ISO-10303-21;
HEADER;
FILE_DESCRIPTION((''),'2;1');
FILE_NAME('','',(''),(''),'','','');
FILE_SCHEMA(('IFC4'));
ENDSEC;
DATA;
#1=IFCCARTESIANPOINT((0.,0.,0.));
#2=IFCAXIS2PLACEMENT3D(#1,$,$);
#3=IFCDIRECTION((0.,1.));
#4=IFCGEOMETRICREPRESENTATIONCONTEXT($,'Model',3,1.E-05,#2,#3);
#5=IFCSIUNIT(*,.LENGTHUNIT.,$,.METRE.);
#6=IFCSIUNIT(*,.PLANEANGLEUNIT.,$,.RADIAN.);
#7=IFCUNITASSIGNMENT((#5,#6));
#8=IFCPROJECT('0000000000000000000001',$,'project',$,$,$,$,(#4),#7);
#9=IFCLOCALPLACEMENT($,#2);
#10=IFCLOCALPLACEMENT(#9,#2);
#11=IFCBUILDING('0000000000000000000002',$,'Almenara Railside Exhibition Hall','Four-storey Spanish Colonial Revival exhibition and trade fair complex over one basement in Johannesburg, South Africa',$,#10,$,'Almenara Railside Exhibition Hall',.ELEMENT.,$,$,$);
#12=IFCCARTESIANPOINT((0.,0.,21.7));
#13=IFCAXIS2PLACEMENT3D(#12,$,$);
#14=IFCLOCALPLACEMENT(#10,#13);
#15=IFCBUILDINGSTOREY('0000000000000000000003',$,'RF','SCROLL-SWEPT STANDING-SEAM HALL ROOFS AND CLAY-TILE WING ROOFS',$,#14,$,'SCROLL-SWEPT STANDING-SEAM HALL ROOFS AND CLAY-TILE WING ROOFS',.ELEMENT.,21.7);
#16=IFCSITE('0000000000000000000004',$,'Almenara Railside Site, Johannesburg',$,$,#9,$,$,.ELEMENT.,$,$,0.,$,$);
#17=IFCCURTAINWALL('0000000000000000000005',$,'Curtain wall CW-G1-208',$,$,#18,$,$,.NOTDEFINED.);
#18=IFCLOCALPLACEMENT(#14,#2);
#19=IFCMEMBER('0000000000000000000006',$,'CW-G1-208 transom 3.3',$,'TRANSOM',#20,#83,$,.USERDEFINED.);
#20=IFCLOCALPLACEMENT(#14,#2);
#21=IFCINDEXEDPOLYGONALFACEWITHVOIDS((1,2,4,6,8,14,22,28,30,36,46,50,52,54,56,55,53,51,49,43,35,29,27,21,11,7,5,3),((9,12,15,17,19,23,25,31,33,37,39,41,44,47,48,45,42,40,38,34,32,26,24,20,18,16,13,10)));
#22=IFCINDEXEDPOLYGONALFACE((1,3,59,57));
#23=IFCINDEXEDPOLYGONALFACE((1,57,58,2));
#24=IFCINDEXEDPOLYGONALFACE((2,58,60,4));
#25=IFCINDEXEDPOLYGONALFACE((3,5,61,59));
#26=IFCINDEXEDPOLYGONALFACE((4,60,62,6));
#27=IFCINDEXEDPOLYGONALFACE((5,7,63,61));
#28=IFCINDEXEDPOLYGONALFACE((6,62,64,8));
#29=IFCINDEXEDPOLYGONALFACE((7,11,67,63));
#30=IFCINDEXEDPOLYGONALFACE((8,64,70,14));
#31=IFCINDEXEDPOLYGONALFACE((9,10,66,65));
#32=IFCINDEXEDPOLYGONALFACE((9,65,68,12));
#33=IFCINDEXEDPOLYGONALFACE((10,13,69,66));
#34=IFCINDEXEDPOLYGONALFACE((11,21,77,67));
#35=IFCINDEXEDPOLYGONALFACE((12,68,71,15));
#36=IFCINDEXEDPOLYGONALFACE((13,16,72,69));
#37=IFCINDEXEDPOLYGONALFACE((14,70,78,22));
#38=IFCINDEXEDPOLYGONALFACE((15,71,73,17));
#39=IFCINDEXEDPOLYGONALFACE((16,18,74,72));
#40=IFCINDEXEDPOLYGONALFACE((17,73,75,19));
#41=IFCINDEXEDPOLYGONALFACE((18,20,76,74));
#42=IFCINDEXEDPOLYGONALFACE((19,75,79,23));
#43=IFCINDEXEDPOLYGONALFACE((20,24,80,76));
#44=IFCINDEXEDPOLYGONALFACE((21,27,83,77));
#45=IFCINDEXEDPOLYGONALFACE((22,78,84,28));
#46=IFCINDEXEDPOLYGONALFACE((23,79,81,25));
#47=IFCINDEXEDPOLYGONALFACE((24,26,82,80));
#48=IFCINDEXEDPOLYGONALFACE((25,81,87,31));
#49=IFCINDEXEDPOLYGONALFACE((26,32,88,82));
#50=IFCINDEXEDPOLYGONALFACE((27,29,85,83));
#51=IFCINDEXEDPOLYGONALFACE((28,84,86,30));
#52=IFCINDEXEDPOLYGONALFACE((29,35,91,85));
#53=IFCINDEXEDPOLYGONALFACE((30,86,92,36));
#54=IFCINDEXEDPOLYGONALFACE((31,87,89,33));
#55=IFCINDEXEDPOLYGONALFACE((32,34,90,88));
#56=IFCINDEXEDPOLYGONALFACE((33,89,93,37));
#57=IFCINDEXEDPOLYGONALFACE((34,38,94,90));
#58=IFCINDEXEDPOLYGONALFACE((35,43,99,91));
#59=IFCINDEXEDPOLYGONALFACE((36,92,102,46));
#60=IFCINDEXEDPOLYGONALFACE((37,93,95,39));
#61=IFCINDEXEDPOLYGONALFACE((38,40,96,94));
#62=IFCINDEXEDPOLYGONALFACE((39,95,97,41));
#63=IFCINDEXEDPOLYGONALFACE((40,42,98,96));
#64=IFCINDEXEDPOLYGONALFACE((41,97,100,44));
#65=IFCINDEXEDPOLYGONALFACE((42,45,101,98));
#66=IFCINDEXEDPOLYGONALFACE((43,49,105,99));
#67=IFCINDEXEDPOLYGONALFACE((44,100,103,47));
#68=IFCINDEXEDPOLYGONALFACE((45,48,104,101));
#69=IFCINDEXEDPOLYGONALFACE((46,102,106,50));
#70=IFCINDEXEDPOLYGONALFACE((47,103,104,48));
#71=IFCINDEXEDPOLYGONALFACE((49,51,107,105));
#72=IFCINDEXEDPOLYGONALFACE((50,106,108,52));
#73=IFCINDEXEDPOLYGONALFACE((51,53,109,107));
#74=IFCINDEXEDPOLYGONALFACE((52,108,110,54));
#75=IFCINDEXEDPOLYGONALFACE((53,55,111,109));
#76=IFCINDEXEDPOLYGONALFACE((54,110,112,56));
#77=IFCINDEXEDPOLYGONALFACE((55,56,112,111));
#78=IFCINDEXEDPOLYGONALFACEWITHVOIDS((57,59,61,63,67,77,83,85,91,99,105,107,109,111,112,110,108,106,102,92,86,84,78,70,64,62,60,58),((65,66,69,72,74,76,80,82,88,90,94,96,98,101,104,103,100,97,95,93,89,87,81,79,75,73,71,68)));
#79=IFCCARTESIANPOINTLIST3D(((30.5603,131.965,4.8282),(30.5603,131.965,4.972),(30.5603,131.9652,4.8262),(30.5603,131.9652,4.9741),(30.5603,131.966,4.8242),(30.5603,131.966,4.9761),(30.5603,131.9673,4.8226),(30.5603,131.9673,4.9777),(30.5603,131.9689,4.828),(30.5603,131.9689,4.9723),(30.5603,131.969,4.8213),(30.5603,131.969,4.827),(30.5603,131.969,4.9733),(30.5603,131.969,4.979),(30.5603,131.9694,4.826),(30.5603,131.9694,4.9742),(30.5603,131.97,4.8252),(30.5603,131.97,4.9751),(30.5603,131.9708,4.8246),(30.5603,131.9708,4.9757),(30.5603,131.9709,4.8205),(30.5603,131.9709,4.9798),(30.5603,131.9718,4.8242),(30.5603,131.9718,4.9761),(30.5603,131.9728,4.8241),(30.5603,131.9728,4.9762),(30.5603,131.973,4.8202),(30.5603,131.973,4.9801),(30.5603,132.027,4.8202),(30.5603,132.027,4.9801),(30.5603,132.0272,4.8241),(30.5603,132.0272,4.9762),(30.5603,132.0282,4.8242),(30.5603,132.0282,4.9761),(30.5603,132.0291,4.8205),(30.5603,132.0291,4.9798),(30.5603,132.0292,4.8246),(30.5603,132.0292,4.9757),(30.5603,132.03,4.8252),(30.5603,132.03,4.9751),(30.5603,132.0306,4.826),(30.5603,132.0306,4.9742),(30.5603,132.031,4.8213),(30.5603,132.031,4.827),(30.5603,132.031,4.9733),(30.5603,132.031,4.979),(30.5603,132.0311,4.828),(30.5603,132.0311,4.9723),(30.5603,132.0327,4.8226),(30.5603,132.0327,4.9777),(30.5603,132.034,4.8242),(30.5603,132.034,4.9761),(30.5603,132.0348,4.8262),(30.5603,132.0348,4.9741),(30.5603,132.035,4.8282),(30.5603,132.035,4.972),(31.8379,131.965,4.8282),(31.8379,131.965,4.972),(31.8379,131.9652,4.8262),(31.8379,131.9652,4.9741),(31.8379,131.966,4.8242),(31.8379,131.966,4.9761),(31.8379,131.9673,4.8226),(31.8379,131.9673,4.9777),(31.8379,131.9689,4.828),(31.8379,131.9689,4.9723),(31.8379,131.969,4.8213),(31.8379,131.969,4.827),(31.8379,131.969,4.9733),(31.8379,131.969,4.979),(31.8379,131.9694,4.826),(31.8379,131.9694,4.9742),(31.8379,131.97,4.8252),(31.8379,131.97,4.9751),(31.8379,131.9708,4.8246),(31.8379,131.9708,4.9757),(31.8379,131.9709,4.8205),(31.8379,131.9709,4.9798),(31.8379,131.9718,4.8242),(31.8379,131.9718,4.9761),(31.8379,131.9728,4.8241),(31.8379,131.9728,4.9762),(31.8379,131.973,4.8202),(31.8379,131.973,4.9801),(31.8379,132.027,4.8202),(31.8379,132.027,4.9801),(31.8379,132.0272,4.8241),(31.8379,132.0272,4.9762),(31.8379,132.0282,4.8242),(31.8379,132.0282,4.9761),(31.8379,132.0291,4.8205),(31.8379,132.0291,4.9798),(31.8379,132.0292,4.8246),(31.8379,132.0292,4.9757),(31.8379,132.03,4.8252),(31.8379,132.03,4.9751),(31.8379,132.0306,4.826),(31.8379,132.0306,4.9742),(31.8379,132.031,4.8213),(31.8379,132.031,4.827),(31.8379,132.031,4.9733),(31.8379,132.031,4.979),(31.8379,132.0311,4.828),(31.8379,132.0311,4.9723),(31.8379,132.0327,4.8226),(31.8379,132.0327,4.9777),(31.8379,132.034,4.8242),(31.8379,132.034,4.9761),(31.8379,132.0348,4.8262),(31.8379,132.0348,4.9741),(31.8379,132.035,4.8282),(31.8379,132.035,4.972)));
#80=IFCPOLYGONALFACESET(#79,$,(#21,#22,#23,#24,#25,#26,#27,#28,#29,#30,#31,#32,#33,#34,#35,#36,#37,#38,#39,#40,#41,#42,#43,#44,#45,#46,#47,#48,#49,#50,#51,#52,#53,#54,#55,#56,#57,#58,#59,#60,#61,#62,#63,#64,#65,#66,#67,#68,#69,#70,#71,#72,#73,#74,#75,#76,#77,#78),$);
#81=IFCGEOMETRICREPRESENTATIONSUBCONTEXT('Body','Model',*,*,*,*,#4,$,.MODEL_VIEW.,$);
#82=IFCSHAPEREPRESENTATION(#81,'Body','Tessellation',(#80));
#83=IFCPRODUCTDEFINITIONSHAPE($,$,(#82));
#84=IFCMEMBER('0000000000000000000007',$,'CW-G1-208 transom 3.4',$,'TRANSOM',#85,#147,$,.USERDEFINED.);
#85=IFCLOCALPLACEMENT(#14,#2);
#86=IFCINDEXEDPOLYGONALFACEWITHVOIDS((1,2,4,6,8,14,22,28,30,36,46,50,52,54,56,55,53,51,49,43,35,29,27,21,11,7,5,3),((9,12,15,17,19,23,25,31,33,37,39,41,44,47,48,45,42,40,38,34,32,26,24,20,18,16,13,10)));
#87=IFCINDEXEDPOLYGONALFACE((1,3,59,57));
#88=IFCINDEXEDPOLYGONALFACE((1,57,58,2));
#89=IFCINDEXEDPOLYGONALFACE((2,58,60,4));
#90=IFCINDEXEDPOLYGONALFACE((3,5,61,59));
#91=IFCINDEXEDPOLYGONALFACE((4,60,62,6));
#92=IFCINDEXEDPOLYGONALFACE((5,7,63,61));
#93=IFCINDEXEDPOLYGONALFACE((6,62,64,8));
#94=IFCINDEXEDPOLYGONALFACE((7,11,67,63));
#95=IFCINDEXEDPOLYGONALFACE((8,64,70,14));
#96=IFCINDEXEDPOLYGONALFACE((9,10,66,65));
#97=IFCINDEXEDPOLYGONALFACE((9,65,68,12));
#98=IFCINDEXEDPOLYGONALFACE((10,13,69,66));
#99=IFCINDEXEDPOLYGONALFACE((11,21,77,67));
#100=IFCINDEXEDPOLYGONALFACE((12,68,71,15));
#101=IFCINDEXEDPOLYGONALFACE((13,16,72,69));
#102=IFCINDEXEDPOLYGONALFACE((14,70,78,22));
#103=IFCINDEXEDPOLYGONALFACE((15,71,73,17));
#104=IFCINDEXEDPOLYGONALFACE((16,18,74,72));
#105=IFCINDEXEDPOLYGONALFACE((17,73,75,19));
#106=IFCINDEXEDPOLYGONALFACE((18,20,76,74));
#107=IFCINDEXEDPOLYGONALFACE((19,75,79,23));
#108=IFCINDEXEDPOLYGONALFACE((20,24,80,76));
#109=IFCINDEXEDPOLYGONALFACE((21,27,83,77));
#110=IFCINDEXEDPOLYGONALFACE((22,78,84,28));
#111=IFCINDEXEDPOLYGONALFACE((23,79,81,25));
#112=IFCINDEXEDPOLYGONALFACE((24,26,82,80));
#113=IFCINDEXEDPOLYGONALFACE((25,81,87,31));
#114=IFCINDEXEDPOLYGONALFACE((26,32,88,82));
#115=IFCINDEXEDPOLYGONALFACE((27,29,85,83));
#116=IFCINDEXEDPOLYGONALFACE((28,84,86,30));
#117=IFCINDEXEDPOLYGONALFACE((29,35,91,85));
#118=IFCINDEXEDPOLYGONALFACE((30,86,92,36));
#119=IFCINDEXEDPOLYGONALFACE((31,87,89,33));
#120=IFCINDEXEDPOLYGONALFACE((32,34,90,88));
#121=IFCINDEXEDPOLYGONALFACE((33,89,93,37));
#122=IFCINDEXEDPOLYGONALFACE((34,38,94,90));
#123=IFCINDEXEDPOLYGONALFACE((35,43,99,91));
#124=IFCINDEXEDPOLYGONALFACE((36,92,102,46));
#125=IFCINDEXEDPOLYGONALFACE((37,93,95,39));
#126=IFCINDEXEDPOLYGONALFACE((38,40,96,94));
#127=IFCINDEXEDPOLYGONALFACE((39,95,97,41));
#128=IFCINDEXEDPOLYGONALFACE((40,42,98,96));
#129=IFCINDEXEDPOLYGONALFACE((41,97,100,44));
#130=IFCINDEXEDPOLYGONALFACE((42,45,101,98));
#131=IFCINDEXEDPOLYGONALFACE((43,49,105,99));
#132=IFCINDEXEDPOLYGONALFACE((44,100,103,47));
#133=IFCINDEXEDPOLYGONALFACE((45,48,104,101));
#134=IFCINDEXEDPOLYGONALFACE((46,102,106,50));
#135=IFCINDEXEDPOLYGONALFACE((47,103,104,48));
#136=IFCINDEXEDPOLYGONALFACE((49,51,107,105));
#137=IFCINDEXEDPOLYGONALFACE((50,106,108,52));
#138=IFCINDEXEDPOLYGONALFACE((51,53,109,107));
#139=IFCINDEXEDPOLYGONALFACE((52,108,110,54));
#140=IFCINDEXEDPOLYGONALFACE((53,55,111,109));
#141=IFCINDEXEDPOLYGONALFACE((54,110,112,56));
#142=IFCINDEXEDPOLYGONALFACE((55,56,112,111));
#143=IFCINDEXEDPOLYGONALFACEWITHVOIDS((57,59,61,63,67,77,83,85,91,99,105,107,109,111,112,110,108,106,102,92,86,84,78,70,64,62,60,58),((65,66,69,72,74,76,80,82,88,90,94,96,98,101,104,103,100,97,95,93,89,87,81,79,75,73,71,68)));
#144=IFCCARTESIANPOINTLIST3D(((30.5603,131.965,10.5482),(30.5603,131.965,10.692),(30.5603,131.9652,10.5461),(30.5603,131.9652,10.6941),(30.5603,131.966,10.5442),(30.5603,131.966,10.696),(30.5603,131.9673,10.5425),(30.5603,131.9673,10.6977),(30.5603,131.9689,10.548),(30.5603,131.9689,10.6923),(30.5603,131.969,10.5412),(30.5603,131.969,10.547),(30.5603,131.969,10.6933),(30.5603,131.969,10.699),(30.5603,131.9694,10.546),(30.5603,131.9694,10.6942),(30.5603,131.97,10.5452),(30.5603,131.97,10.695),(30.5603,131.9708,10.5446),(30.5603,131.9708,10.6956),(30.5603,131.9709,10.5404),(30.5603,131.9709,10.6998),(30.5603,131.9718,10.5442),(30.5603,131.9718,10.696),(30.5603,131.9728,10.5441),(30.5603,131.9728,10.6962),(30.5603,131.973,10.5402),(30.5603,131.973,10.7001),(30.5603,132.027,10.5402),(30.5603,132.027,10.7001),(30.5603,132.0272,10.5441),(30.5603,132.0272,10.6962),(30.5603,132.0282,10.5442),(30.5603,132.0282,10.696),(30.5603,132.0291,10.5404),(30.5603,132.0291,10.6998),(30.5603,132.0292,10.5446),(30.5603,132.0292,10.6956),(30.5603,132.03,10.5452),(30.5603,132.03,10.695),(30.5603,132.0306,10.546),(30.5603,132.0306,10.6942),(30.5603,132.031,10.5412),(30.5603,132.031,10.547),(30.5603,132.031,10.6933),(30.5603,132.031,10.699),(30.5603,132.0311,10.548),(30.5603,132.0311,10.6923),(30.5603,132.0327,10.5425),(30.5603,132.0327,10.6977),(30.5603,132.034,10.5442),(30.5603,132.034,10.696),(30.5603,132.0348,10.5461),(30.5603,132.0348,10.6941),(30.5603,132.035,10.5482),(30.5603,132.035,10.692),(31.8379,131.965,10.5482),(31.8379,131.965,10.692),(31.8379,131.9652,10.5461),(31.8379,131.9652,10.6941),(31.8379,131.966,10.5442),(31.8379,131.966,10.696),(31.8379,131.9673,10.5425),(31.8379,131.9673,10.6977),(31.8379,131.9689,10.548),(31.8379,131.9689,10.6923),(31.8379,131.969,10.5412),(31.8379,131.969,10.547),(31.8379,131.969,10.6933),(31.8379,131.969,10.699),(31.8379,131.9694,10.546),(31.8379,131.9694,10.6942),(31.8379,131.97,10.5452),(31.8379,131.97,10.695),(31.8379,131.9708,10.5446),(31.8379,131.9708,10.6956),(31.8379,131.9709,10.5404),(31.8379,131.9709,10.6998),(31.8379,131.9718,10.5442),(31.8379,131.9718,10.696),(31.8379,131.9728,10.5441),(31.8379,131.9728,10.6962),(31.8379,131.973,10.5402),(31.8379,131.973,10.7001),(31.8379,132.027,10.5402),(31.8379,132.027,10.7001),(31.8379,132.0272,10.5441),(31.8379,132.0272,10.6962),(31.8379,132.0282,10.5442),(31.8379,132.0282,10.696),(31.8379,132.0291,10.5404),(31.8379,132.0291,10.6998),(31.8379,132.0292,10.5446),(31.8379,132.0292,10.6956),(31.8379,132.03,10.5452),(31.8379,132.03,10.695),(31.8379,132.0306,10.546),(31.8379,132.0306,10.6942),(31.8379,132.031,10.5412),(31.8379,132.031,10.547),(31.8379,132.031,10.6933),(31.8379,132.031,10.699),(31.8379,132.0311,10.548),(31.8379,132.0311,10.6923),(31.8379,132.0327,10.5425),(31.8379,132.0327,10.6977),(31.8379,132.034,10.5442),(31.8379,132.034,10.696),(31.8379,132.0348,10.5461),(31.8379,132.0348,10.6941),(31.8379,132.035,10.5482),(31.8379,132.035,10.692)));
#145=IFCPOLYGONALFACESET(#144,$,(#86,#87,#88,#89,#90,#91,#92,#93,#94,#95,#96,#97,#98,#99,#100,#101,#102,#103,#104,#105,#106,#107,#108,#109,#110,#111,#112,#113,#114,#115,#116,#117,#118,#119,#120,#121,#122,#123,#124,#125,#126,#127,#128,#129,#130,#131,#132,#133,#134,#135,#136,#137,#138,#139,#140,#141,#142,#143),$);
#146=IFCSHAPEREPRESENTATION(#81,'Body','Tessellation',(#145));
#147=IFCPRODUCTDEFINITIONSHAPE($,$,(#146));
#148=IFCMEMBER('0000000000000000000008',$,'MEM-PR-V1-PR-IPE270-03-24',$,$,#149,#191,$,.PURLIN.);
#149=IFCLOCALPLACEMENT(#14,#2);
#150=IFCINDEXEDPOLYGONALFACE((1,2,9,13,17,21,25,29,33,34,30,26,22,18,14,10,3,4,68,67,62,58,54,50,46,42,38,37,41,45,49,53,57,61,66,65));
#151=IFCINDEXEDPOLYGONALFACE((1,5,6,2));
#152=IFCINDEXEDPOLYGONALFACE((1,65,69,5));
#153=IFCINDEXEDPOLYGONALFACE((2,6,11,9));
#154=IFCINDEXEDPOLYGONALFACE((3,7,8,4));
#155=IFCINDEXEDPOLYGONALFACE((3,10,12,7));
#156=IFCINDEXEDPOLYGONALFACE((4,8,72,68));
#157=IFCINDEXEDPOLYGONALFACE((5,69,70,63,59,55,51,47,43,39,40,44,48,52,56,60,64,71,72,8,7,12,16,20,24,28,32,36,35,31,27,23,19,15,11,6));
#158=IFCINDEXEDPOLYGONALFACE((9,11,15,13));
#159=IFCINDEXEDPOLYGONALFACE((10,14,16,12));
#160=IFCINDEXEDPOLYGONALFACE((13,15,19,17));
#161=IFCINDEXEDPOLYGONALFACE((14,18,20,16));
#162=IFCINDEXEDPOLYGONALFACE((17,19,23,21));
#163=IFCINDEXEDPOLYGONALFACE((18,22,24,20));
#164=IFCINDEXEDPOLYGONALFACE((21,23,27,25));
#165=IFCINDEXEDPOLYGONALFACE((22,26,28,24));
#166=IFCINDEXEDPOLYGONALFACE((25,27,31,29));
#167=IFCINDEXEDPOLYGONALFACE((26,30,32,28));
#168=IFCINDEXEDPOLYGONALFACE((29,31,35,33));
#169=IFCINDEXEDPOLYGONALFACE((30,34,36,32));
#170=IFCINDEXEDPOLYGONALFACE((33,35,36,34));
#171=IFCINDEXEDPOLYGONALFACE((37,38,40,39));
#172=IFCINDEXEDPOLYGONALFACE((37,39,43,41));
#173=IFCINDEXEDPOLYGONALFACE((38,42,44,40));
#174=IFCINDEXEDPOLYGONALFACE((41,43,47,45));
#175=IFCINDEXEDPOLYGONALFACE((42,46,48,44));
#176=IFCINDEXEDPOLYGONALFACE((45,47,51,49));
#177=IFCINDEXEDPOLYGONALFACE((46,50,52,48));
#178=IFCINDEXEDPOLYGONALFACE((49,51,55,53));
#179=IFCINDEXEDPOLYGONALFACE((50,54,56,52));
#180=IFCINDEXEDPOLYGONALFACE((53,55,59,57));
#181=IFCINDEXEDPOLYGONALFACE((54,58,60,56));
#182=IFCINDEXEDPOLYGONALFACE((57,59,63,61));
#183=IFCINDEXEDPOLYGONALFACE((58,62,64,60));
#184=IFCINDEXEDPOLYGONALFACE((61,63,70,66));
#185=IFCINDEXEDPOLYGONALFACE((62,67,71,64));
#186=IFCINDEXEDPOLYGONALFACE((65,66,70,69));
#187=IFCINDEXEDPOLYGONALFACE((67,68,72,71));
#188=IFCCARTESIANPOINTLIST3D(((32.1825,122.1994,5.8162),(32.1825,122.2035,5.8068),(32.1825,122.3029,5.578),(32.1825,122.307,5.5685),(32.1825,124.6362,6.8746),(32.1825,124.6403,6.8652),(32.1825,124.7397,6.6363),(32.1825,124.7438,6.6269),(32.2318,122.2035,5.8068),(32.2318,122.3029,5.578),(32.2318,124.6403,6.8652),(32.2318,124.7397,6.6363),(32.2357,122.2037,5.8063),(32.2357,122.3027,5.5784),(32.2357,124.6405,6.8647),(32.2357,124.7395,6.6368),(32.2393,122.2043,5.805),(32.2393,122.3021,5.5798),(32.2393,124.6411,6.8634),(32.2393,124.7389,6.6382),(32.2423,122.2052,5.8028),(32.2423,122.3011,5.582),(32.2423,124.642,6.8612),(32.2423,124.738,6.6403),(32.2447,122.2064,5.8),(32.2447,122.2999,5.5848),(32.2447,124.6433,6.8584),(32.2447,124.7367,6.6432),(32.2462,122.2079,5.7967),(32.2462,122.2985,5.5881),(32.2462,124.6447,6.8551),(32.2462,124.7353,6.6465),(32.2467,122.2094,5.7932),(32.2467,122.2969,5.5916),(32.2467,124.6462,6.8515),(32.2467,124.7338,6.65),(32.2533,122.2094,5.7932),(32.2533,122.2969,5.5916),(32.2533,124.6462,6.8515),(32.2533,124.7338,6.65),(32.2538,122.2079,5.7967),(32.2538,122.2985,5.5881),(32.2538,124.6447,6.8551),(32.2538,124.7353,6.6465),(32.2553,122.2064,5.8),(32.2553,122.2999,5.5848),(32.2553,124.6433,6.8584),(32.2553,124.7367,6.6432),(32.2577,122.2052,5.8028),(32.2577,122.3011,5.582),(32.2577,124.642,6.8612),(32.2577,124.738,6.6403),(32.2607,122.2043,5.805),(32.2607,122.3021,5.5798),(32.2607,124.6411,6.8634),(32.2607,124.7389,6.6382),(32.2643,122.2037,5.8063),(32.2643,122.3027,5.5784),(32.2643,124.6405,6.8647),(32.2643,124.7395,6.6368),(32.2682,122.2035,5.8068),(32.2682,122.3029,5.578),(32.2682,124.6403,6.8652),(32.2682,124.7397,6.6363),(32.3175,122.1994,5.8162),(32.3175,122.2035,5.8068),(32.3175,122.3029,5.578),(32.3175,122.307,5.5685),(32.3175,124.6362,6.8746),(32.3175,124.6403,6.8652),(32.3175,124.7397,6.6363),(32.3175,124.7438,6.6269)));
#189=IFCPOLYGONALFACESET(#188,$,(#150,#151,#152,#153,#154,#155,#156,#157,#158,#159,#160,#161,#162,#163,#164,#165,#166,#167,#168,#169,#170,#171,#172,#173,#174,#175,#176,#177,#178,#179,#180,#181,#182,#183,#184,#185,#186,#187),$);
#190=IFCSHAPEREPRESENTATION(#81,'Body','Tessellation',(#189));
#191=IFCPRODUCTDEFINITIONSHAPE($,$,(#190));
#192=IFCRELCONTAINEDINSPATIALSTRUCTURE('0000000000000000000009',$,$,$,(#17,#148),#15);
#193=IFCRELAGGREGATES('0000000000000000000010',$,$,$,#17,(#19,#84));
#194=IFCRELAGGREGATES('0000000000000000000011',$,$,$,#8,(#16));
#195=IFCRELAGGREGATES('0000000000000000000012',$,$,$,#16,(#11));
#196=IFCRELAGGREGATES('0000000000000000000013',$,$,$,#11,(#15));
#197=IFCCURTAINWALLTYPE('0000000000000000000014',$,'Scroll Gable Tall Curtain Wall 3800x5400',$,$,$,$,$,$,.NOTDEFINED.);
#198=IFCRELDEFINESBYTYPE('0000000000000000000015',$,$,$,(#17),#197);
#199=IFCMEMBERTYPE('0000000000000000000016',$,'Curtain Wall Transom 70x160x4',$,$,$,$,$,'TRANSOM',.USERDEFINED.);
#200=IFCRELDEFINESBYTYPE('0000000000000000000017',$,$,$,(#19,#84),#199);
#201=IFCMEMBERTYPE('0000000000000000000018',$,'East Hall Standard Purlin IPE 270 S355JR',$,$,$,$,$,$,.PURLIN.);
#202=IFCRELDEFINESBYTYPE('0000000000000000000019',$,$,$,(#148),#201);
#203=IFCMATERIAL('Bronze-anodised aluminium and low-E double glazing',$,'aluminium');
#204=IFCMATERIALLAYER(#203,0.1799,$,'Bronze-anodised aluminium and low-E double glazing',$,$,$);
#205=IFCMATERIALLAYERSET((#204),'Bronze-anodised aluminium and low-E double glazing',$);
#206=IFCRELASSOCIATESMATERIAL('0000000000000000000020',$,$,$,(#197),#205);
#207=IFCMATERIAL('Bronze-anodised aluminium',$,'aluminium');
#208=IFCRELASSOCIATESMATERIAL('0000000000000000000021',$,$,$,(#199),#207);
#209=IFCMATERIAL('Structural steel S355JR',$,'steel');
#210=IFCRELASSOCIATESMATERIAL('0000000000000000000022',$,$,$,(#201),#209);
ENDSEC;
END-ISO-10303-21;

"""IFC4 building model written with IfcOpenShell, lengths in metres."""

from ifc_helpers import new_model, si_unit, direction, frame, origin, origin_2d, place, context, subcontext, project, spatial, hollow_rectangle, i_section, extrude, material, layer, layer_set, material_profile, profile_set, type_object, element, aggregate, save


model = new_model("IFC4")

# Units and contexts
model_context = context("Model", 3, precision=1e-05, world=origin(), true_north=direction((0.0, 1.0)))
body_context = subcontext(model_context, "Body", "Model", "MODEL_VIEW")
ifc_project = project(units=[si_unit("LENGTHUNIT", "METRE"), si_unit("PLANEANGLEUNIT", "RADIAN")], contexts=[model_context])

# Site, building, storey
site_placement = place(None, origin())
site = spatial("IfcSite", under=ifc_project, at=site_placement, Name="Almenara Railside Site, Johannesburg", CompositionType="ELEMENT", RefElevation=0.0)
building_placement = place(site_placement, origin())
building = spatial("IfcBuilding", under=site, at=building_placement, Name="Almenara Railside Exhibition Hall", Description="Four-storey Spanish Colonial Revival exhibition and trade fair complex over one basement in Johannesburg, South Africa", LongName="Almenara Railside Exhibition Hall", CompositionType="ELEMENT")
storey_placement = place(building_placement, frame((0.0, 0.0, 21.7)))
storey = spatial("IfcBuildingStorey", under=building, at=storey_placement, Name="RF", Description="SCROLL-SWEPT STANDING-SEAM HALL ROOFS AND CLAY-TILE WING ROOFS", LongName="SCROLL-SWEPT STANDING-SEAM HALL ROOFS AND CLAY-TILE WING ROOFS", CompositionType="ELEMENT", Elevation=21.7)

# Shared definitions
ifc_material_1 = material(Name="Structural steel S355JR", Category="steel")

# Shared definitions
ifc_material_2 = material(Name="Bronze-anodised aluminium and low-E double glazing", Category="aluminium")
ifc_layer_1 = layer(ifc_material_2, 0.1799, Name="Bronze-anodised aluminium and low-E double glazing")
ifc_layer_set_1 = layer_set([ifc_layer_1], Name="Bronze-anodised aluminium and low-E double glazing")
curtain_wall_type = type_object("IfcCurtainWallType", Name="Scroll Gable Tall Curtain Wall 3800x5400", PredefinedType="NOTDEFINED", material=ifc_layer_set_1)
ifc_material_3 = material(Name="Bronze-anodised aluminium", Category="aluminium")

# Curtain wall
curtain_wall_1_placement = place(storey_placement, origin())
curtain_wall_1 = element("IfcCurtainWall", 1, at=curtain_wall_1_placement, inside=storey, type_object=curtain_wall_type, Name="Curtain wall CW-G1-208", PredefinedType="NOTDEFINED")

# Members
ifc_material_profile_1 = material_profile(ifc_material_3, hollow_rectangle(XDim=0.0701, YDim=0.1599, WallThickness=0.0039, InnerFilletRadius=0.0039, OuterFilletRadius=0.0081, at=origin_2d()), Name="ALU-TRN 70x160x4")
ifc_profile_set_1 = profile_set([ifc_material_profile_1], Name="Bronze-anodised aluminium")
member_type_1 = type_object("IfcMemberType", Name="Curtain Wall Transom 70x160x4", ElementType="TRANSOM", PredefinedType="USERDEFINED", material=ifc_profile_set_1)
member_1_placement = place(storey_placement, frame((30.5603, 132.0, 4.9001), z_axis=(1.0, 0.0, 0.0), x_axis=(0.0, 1.0, 0.0)))
member_1 = element("IfcMember", 2, at=member_1_placement, type_object=member_type_1, Name="CW-G1-208 transom 3.3", ObjectType="TRANSOM", PredefinedType="USERDEFINED", context=body_context, shape_type="SweptSolid", body=[
    extrude(hollow_rectangle(XDim=0.0701, YDim=0.1599, WallThickness=0.0039, InnerFilletRadius=0.0039, OuterFilletRadius=0.0081, at=origin_2d()), origin(), (0.0, 0.0, 1.0), 1.2776),
])
member_2_placement = place(storey_placement, frame((30.5603, 132.0, 10.6201), z_axis=(1.0, 0.0, 0.0), x_axis=(0.0, 1.0, 0.0)))
member_2 = element("IfcMember", 3, at=member_2_placement, type_object=member_type_1, Name="CW-G1-208 transom 3.4", ObjectType="TRANSOM", PredefinedType="USERDEFINED", context=body_context, shape_type="SweptSolid", body=[
    extrude(hollow_rectangle(XDim=0.0701, YDim=0.1599, WallThickness=0.0039, InnerFilletRadius=0.0039, OuterFilletRadius=0.0081, at=origin_2d()), origin(), (0.0, 0.0, 1.0), 1.2776),
])

# Member
ifc_material_profile_2 = material_profile(ifc_material_1, i_section(OverallWidth=0.135, OverallDepth=0.27, WebThickness=0.0066, FlangeThickness=0.0103, FilletRadius=0.0149, at=origin_2d()), Name="IPE 270")
ifc_profile_set_2 = profile_set([ifc_material_profile_2], Name="Structural steel S355JR")
member_type_2 = type_object("IfcMemberType", Name="East Hall Standard Purlin IPE 270 S355JR", PredefinedType="PURLIN", material=ifc_profile_set_2)
member_3_placement = place(storey_placement, frame((32.25, 122.2532, 5.6924), z_axis=(0.0, 0.917223, 0.398373), x_axis=(-1.0, 0.0, 0.0)))
element("IfcMember", 4, at=member_3_placement, inside=storey, type_object=member_type_2, Name="MEM-PR-V1-PR-IPE270-03-24", PredefinedType="PURLIN", context=body_context, shape_type="SweptSolid", body=[
    extrude(i_section(OverallWidth=0.135, OverallDepth=0.27, WebThickness=0.0066, FlangeThickness=0.0103, FilletRadius=0.0149, at=origin_2d()), origin(), (0.0, 0.0, 1.0), 2.6567),
])

aggregate(curtain_wall_1, [member_1, member_2])

save(model, "model.ifc")
